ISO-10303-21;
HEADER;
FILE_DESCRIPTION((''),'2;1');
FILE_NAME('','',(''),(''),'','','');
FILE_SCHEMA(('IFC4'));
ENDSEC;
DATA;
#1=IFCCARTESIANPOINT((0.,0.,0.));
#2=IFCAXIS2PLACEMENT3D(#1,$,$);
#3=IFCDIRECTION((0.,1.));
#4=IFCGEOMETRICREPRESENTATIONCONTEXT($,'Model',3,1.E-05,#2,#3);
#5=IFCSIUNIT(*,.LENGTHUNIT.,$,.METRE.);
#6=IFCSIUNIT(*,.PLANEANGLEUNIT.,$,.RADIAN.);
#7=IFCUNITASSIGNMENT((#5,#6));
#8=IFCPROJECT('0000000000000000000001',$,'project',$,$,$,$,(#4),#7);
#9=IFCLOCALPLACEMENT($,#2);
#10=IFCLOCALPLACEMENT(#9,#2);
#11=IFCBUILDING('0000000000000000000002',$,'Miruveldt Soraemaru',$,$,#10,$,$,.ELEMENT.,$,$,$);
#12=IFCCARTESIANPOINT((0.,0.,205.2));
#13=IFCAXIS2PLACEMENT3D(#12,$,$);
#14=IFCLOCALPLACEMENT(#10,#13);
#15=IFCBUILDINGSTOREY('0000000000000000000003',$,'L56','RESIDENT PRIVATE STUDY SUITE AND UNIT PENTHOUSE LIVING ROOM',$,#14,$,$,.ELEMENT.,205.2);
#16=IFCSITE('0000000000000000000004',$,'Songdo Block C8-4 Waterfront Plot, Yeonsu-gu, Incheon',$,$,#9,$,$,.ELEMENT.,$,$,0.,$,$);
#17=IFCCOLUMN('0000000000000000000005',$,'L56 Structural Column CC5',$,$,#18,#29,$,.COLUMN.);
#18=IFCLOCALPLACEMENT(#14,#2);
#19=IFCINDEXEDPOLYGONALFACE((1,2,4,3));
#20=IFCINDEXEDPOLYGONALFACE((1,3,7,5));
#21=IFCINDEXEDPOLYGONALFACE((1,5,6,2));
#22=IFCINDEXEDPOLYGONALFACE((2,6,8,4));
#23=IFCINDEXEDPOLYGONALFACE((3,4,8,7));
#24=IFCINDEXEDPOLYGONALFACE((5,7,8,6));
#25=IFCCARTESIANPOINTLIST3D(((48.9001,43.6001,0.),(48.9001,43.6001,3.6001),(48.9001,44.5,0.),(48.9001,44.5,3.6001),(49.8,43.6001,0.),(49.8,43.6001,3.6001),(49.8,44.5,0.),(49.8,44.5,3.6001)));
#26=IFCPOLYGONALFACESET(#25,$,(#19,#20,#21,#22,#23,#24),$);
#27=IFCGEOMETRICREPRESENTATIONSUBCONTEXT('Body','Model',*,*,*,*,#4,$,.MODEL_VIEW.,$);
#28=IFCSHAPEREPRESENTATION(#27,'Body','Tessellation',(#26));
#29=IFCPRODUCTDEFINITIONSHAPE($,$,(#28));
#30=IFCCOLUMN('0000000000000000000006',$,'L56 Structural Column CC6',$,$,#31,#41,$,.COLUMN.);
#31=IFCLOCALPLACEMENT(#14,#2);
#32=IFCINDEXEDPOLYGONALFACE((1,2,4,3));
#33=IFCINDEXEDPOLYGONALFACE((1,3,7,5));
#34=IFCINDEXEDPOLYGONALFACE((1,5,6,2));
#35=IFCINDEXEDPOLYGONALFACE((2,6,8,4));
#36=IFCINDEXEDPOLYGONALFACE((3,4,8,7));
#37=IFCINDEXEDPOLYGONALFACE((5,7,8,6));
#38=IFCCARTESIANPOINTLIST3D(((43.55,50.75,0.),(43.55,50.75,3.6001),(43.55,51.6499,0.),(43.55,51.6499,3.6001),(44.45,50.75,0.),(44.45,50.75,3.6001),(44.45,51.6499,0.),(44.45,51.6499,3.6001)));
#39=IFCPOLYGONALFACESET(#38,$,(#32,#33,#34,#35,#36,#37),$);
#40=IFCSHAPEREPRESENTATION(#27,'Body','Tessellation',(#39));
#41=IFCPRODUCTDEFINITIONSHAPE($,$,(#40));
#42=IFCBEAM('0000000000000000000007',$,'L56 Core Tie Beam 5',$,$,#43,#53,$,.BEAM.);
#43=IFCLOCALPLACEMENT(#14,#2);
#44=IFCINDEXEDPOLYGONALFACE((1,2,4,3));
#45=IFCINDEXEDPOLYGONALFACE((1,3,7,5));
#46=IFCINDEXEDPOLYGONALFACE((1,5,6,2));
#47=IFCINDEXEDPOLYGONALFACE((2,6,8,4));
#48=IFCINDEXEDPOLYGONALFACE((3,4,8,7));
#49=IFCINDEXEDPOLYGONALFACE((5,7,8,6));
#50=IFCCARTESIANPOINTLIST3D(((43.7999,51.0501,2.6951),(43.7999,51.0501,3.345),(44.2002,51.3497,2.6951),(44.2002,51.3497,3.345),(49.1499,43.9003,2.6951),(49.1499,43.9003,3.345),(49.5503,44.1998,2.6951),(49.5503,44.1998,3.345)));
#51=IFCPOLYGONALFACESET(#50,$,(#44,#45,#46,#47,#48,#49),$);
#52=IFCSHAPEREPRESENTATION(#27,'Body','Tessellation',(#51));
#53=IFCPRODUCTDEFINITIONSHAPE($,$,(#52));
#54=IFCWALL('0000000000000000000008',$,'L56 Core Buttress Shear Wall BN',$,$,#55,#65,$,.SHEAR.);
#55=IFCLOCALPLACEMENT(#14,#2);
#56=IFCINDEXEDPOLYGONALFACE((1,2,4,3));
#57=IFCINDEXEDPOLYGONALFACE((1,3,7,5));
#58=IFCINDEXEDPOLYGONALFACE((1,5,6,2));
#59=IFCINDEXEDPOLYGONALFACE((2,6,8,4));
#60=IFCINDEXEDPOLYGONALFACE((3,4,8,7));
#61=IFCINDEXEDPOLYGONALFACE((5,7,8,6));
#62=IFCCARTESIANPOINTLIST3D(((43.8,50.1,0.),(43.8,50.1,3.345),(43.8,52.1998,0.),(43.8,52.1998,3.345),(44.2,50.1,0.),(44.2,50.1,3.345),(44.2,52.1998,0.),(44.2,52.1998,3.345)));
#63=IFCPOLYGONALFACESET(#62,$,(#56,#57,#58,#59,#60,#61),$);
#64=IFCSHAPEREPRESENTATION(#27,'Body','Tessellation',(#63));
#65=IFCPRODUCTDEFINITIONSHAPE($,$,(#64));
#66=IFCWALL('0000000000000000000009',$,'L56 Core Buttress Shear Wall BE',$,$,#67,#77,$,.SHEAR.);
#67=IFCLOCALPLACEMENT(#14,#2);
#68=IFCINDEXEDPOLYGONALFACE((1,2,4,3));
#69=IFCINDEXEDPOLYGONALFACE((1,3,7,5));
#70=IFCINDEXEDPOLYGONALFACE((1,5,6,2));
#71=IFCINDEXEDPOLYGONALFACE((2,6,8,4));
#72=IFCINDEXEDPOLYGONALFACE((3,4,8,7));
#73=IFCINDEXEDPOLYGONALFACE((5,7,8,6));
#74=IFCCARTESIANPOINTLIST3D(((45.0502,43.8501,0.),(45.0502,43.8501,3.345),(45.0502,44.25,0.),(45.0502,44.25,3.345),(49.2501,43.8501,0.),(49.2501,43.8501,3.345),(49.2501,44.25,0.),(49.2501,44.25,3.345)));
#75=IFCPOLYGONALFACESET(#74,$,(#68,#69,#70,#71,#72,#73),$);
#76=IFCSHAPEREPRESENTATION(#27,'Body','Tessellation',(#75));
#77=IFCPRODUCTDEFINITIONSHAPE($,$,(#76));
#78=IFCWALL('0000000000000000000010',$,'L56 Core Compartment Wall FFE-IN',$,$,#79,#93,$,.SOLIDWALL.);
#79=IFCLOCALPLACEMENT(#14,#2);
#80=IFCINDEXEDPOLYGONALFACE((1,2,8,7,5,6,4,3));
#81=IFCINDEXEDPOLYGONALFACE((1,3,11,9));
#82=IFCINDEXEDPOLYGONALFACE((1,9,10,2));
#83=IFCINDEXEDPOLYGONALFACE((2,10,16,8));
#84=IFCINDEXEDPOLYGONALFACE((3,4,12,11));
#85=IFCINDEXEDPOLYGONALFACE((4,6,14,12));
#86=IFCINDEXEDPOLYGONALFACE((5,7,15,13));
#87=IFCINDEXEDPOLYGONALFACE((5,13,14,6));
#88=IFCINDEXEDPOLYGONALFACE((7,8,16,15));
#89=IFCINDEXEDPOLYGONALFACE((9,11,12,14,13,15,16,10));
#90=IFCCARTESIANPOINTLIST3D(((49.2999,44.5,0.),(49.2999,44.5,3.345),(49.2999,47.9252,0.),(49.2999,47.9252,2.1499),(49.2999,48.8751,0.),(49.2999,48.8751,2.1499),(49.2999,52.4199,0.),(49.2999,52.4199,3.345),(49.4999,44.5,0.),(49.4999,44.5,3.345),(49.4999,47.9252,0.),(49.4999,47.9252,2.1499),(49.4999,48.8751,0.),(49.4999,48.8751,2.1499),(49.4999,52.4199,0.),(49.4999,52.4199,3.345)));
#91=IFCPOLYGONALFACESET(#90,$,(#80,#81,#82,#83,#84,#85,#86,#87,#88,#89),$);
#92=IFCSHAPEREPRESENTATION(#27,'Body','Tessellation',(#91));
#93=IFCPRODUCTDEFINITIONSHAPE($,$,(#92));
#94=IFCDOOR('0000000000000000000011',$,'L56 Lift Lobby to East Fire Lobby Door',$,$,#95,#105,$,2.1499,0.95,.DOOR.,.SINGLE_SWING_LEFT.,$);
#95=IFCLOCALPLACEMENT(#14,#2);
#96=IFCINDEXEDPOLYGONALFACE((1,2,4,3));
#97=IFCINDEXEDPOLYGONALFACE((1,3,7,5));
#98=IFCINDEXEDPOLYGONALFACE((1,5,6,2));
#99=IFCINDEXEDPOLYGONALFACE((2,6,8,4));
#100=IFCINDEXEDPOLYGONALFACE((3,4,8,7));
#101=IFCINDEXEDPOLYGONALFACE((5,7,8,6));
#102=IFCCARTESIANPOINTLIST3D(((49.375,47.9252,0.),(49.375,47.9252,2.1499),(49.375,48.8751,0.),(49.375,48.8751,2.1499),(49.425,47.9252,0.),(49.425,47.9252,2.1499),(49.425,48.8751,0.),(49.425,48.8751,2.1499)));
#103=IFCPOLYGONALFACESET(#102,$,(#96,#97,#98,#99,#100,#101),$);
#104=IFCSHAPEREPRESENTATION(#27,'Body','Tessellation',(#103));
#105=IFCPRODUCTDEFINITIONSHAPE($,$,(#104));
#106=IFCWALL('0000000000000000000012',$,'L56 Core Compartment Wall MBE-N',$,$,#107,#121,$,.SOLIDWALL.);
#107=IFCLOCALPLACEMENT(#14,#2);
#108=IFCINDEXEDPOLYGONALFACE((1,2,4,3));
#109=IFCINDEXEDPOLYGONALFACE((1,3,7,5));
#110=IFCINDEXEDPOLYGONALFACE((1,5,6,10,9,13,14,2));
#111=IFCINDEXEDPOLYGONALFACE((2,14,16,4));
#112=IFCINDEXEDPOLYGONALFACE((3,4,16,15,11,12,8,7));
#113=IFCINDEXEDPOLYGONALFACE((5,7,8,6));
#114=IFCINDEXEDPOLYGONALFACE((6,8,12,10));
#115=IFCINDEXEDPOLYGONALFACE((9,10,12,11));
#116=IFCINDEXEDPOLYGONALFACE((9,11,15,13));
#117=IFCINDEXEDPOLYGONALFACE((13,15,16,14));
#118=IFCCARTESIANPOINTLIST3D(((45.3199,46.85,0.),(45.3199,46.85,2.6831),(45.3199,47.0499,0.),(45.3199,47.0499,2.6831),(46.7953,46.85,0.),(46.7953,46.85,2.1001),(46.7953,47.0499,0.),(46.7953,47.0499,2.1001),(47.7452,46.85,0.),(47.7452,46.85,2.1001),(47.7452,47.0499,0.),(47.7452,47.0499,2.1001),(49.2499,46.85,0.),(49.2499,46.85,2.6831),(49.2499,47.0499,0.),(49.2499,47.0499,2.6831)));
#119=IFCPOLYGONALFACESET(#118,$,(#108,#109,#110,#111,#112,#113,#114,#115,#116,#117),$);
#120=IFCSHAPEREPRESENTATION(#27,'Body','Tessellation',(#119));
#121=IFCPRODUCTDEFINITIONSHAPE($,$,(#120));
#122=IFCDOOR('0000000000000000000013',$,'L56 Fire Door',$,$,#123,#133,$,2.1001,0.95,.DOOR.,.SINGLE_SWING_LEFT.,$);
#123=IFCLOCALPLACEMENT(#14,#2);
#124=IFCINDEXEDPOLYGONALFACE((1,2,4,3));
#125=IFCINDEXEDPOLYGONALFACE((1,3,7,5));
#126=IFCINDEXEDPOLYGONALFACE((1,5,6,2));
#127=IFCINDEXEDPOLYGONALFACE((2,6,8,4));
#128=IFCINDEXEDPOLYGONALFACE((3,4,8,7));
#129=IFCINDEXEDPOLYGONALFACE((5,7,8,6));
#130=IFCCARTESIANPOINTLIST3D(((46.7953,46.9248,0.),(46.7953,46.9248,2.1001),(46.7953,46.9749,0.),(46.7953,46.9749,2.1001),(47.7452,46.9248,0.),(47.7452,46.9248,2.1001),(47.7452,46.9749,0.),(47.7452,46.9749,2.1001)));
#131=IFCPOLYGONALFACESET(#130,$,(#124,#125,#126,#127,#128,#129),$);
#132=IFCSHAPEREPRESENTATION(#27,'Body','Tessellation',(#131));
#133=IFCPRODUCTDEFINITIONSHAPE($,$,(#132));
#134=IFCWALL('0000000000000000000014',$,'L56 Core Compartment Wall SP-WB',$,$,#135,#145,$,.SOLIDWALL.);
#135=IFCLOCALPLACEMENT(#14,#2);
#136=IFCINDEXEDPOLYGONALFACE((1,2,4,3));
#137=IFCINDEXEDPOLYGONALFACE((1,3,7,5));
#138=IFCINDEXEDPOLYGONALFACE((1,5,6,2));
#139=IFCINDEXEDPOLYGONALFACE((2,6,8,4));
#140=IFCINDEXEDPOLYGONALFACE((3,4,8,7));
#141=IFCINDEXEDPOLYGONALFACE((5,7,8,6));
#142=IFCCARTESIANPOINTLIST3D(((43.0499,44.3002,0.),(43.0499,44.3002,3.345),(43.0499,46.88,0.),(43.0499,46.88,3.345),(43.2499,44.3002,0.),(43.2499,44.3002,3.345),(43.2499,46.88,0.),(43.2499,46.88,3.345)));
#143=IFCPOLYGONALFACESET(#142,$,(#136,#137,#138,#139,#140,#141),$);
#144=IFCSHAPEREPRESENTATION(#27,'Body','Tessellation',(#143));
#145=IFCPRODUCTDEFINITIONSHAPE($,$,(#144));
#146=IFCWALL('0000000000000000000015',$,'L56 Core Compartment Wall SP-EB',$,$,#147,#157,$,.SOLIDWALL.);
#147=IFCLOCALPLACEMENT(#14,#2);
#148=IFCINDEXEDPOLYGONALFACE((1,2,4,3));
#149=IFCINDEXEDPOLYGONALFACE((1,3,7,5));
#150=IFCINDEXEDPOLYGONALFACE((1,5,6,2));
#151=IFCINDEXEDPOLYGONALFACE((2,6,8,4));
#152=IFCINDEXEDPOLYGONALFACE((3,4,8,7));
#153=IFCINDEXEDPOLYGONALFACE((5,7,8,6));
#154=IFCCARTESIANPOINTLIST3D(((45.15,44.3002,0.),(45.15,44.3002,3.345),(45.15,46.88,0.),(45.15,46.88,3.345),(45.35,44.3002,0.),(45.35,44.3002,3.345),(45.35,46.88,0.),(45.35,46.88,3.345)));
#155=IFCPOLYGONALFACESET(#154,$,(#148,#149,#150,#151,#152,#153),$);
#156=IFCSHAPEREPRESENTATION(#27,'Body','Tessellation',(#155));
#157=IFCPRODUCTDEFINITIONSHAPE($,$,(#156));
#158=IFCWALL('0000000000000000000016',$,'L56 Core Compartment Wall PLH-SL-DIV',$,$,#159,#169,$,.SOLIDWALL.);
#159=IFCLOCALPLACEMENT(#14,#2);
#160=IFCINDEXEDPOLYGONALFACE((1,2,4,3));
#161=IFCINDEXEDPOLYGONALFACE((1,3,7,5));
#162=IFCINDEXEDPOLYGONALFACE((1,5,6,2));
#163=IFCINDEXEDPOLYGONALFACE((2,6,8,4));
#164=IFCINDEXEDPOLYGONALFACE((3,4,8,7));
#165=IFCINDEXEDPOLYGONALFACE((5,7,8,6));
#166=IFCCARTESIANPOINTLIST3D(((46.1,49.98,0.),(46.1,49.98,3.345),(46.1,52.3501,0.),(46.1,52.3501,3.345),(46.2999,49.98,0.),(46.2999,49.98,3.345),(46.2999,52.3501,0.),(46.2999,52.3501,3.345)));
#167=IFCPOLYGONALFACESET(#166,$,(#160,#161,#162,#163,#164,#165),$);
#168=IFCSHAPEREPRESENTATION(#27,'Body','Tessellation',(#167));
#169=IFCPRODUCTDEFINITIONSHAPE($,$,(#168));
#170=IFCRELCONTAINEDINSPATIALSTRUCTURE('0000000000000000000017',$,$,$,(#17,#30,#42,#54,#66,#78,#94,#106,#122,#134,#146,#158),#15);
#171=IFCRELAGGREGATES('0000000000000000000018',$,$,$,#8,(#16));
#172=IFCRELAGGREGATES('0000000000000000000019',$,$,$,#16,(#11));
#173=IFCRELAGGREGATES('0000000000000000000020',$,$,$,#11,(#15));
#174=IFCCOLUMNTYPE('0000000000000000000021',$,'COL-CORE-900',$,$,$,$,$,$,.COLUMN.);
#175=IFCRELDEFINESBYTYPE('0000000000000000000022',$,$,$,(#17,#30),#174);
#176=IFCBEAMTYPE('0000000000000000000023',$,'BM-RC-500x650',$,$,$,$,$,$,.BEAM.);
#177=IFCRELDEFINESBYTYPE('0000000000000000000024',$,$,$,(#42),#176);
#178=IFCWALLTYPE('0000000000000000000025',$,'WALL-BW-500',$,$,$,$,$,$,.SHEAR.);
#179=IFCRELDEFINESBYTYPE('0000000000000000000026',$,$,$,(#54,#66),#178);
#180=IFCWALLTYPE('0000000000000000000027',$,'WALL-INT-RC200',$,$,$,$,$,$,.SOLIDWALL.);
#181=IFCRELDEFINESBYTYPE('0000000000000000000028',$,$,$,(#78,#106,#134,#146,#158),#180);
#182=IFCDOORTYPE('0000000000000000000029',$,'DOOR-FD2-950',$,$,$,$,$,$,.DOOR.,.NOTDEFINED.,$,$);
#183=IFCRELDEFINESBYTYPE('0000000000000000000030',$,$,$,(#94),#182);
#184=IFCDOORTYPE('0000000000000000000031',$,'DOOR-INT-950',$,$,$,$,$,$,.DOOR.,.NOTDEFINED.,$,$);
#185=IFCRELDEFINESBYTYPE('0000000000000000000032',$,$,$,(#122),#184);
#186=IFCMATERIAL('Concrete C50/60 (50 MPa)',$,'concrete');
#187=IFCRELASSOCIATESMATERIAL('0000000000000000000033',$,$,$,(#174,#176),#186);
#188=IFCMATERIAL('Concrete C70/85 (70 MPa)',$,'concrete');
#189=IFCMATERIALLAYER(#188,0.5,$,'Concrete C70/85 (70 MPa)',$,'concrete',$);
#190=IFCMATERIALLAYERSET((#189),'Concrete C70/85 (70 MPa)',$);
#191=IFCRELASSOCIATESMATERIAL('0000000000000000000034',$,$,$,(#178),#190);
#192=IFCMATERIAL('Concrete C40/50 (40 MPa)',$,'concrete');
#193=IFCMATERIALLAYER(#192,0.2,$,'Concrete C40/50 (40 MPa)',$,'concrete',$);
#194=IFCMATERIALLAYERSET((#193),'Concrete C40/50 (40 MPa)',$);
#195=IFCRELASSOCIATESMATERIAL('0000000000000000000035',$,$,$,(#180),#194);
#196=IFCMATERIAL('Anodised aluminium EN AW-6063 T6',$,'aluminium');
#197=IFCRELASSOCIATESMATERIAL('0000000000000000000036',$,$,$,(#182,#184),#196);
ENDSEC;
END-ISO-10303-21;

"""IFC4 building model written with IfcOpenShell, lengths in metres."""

from ifc_helpers import new_model, si_unit, direction, frame, frame_2d, origin, origin_2d, place, context, subcontext, project, spatial, rectangle, extrude, material, layer, layer_set, material_profile, profile_set, type_object, element, fill, save


model = new_model("IFC4")

# Units and contexts
model_context = context("Model", 3, precision=1e-05, world=origin(), true_north=direction((0.0, 1.0)))
body_context = subcontext(model_context, "Body", "Model", "MODEL_VIEW")
ifc_project = project(units=[si_unit("LENGTHUNIT", "METRE"), si_unit("PLANEANGLEUNIT", "RADIAN")], contexts=[model_context])

# Site, building, storey
site_placement = place(None, origin())
site = spatial("IfcSite", under=ifc_project, at=site_placement, Name="Songdo Block C8-4 Waterfront Plot, Yeonsu-gu, Incheon", CompositionType="ELEMENT", RefElevation=0.0)
building_placement = place(site_placement, origin())
building = spatial("IfcBuilding", under=site, at=building_placement, Name="Miruveldt Soraemaru", CompositionType="ELEMENT")
storey_placement = place(building_placement, frame((0.0, 0.0, 205.2)))
storey = spatial("IfcBuildingStorey", under=building, at=storey_placement, Name="L56", Description="RESIDENT PRIVATE STUDY SUITE AND UNIT PENTHOUSE LIVING ROOM", CompositionType="ELEMENT", Elevation=205.2)

# Columns
ifc_material_1 = material(Name="Concrete C50/60 (50 MPa)", Category="concrete")
ifc_material_profile_1 = material_profile(ifc_material_1, rectangle(XDim=0.8999, YDim=0.8999, at=origin_2d()), Name="Concrete C50/60 (50 MPa)", Category="concrete")
ifc_profile_set_1 = profile_set([ifc_material_profile_1], Name="Concrete C50/60 (50 MPa)")
column_type = type_object("IfcColumnType", Name="COL-CORE-900", PredefinedType="COLUMN", material=ifc_profile_set_1)
for number, where, z_axis, x_axis, name in (
    (1, (49.3501, 44.05, 0.0), (0.0, 0.0, 1.0), (1.0, 0.0, 0.0), "L56 Structural Column CC5"),
    (2, (44.0, 51.2, 0.0), (0.0, 0.0, 1.0), (1.0, 0.0, 0.0), "L56 Structural Column CC6"),
):
    element("IfcColumn", number, at=place(storey_placement, frame(where, z_axis=z_axis, x_axis=x_axis)), inside=storey, type_object=column_type, Name=name, PredefinedType="COLUMN", context=body_context, shape_type="SweptSolid", body=[
        extrude(rectangle(XDim=0.8999, YDim=0.8999, at=origin_2d()), origin(), (0.0, 0.0, 1.0), 3.6001),
    ])

# Beam
ifc_material_profile_2 = material_profile(ifc_material_1, rectangle(XDim=0.5, YDim=0.6499, at=origin_2d()), Name="Concrete C50/60 (50 MPa)", Category="concrete")
ifc_profile_set_2 = profile_set([ifc_material_profile_2], Name="Concrete C50/60 (50 MPa)")
beam_type = type_object("IfcBeamType", Name="BM-RC-500x650", PredefinedType="BEAM", material=ifc_profile_set_2)
beam_placement = place(storey_placement, frame((49.3501, 44.05, 3.02), z_axis=(-0.599116, 0.800662, 0.0), x_axis=(-0.800662, -0.599116, 0.0)))
element("IfcBeam", 3, at=beam_placement, inside=storey, type_object=beam_type, Name="L56 Core Tie Beam 5", PredefinedType="BEAM", context=body_context, shape_type="SweptSolid", body=[
    extrude(rectangle(XDim=0.5, YDim=0.6499, at=origin_2d()), origin(), (0.0, 0.0, 1.0), 8.9299),
])

# Walls
ifc_material_2 = material(Name="Concrete C70/85 (70 MPa)", Category="concrete")
ifc_layer_1 = layer(ifc_material_2, 0.5, Name="Concrete C70/85 (70 MPa)", Category="concrete")
ifc_layer_set_1 = layer_set([ifc_layer_1], Name="Concrete C70/85 (70 MPa)")
wall_type_1 = type_object("IfcWallType", Name="WALL-BW-500", PredefinedType="SHEAR", material=ifc_layer_set_1)
wall_1_placement = place(storey_placement, frame((44.0, 50.1001, 0.0), z_axis=(0.0, 0.0, 1.0), x_axis=(0.0, 1.0, 0.0)))
element("IfcWall", 4, at=wall_1_placement, inside=storey, type_object=wall_type_1, Name="L56 Core Buttress Shear Wall BN", PredefinedType="SHEAR", context=body_context, shape_type="SweptSolid", body=[
    extrude(rectangle(XDim=2.0999, YDim=0.3999, at=frame_2d((1.0498, 0.0))), origin(), (0.0, 0.0, 1.0), 3.345),
])
wall_2_placement = place(storey_placement, frame((45.05, 44.05, 0.0), z_axis=(0.0, 0.0, 1.0), x_axis=(1.0, 0.0, 0.0)))
element("IfcWall", 5, at=wall_2_placement, inside=storey, type_object=wall_type_1, Name="L56 Core Buttress Shear Wall BE", PredefinedType="SHEAR", context=body_context, shape_type="SweptSolid", body=[
    extrude(rectangle(XDim=4.2, YDim=0.3999, at=frame_2d((2.1001, 0.0))), origin(), (0.0, 0.0, 1.0), 3.345),
])

# Wall, opening, door
ifc_material_3 = material(Name="Concrete C40/50 (40 MPa)", Category="concrete")
ifc_layer_2 = layer(ifc_material_3, 0.2, Name="Concrete C40/50 (40 MPa)", Category="concrete")
ifc_layer_set_2 = layer_set([ifc_layer_2], Name="Concrete C40/50 (40 MPa)")
wall_type_2 = type_object("IfcWallType", Name="WALL-INT-RC200", PredefinedType="SOLIDWALL", material=ifc_layer_set_2)
wall_3_placement = place(storey_placement, frame((49.3999, 44.5, 0.0), z_axis=(0.0, 0.0, 1.0), x_axis=(0.0, 1.0, 0.0)))
wall_3 = element("IfcWall", 6, at=wall_3_placement, inside=storey, type_object=wall_type_2, Name="L56 Core Compartment Wall FFE-IN", PredefinedType="SOLIDWALL", context=body_context, shape_type="SweptSolid", body=[
    extrude(rectangle(XDim=7.9199, YDim=0.2, at=frame_2d((3.96, 0.0))), origin(), (0.0, 0.0, 1.0), 3.345),
])
opening_1_placement = place(wall_3_placement, frame((3.425, 0.0, 0.0)))
opening_1 = element("IfcOpeningElement", 7, at=opening_1_placement, cuts=wall_3, PredefinedType="OPENING", context=body_context, shape_type="SweptSolid", body=[
    extrude(rectangle(XDim=0.95, YDim=2.1499, at=frame_2d((0.4751, 1.075))), frame((0.0, 0.1099, 0.0), z_axis=(0.0, -1.0, 0.0), x_axis=(1.0, 0.0, 0.0)), (0.0, 0.0, 1.0), 0.22),
])
ifc_material_4 = material(Name="Anodised aluminium EN AW-6063 T6", Category="aluminium")
door_type_1 = type_object("IfcDoorType", Name="DOOR-FD2-950", OperationType="NOTDEFINED", PredefinedType="DOOR", material=ifc_material_4)
door_1_placement = place(opening_1_placement, origin())
door_1 = element("IfcDoor", 8, at=door_1_placement, inside=storey, type_object=door_type_1, Name="L56 Lift Lobby to East Fire Lobby Door", OperationType="SINGLE_SWING_LEFT", OverallHeight=2.1499, OverallWidth=0.95, PredefinedType="DOOR", context=body_context, shape_type="SweptSolid", body=[
    extrude(rectangle(XDim=0.95, YDim=2.1499, at=frame_2d((0.4751, 1.075))), frame((0.0, 0.0249, 0.0), z_axis=(0.0, -1.0, 0.0), x_axis=(1.0, 0.0, 0.0)), (0.0, 0.0, 1.0), 0.05),
])
fill(opening_1, door_1)

# Wall, opening, door
wall_4_placement = place(storey_placement, frame((45.3201, 46.95, 0.0), z_axis=(0.0, 0.0, 1.0), x_axis=(1.0, 0.0, 0.0)))
wall_4 = element("IfcWall", 9, at=wall_4_placement, inside=storey, type_object=wall_type_2, Name="L56 Core Compartment Wall MBE-N", PredefinedType="SOLIDWALL", context=body_context, shape_type="SweptSolid", body=[
    extrude(rectangle(XDim=3.9299, YDim=0.2, at=frame_2d((1.9648, 0.0))), origin(), (0.0, 0.0, 1.0), 2.6831),
])
opening_2_placement = place(wall_4_placement, frame((1.4751, 0.0, 0.0)))
opening_2 = element("IfcOpeningElement", 10, at=opening_2_placement, cuts=wall_4, PredefinedType="OPENING", context=body_context, shape_type="SweptSolid", body=[
    extrude(rectangle(XDim=0.95, YDim=2.1001, at=frame_2d((0.4751, 1.05))), frame((0.0, 0.1099, 0.0), z_axis=(0.0, -1.0, 0.0), x_axis=(1.0, 0.0, 0.0)), (0.0, 0.0, 1.0), 0.22),
])
door_type_2 = type_object("IfcDoorType", Name="DOOR-INT-950", OperationType="NOTDEFINED", PredefinedType="DOOR", material=ifc_material_4)
door_2_placement = place(opening_2_placement, origin())
door_2 = element("IfcDoor", 11, at=door_2_placement, inside=storey, type_object=door_type_2, Name="L56 Fire Door", OperationType="SINGLE_SWING_LEFT", OverallHeight=2.1001, OverallWidth=0.95, PredefinedType="DOOR", context=body_context, shape_type="SweptSolid", body=[
    extrude(rectangle(XDim=0.95, YDim=2.1001, at=frame_2d((0.4751, 1.05))), frame((0.0, 0.0249, 0.0), z_axis=(0.0, -1.0, 0.0), x_axis=(1.0, 0.0, 0.0)), (0.0, 0.0, 1.0), 0.05),
])
fill(opening_2, door_2)

# Walls
for number, where, z_axis, x_axis, name in (
    (12, (43.1499, 44.3, 0.0), (0.0, 0.0, 1.0), (0.0, 1.0, 0.0), "L56 Core Compartment Wall SP-WB"),
    (13, (45.25, 44.3, 0.0), (0.0, 0.0, 1.0), (0.0, 1.0, 0.0), "L56 Core Compartment Wall SP-EB"),
):
    element("IfcWall", number, at=place(storey_placement, frame(where, z_axis=z_axis, x_axis=x_axis)), inside=storey, type_object=wall_type_2, Name=name, PredefinedType="SOLIDWALL", context=body_context, shape_type="SweptSolid", body=[
        extrude(rectangle(XDim=2.5798, YDim=0.2, at=frame_2d((1.29, 0.0))), origin(), (0.0, 0.0, 1.0), 3.345),
    ])
wall_5_placement = place(storey_placement, frame((46.2, 49.98, 0.0), z_axis=(0.0, 0.0, 1.0), x_axis=(0.0, 1.0, 0.0)))
element("IfcWall", 14, at=wall_5_placement, inside=storey, type_object=wall_type_2, Name="L56 Core Compartment Wall PLH-SL-DIV", PredefinedType="SOLIDWALL", context=body_context, shape_type="SweptSolid", body=[
    extrude(rectangle(XDim=2.3701, YDim=0.2, at=frame_2d((1.1851, 0.0))), origin(), (0.0, 0.0, 1.0), 3.345),
])

save(model, "model.ifc")
